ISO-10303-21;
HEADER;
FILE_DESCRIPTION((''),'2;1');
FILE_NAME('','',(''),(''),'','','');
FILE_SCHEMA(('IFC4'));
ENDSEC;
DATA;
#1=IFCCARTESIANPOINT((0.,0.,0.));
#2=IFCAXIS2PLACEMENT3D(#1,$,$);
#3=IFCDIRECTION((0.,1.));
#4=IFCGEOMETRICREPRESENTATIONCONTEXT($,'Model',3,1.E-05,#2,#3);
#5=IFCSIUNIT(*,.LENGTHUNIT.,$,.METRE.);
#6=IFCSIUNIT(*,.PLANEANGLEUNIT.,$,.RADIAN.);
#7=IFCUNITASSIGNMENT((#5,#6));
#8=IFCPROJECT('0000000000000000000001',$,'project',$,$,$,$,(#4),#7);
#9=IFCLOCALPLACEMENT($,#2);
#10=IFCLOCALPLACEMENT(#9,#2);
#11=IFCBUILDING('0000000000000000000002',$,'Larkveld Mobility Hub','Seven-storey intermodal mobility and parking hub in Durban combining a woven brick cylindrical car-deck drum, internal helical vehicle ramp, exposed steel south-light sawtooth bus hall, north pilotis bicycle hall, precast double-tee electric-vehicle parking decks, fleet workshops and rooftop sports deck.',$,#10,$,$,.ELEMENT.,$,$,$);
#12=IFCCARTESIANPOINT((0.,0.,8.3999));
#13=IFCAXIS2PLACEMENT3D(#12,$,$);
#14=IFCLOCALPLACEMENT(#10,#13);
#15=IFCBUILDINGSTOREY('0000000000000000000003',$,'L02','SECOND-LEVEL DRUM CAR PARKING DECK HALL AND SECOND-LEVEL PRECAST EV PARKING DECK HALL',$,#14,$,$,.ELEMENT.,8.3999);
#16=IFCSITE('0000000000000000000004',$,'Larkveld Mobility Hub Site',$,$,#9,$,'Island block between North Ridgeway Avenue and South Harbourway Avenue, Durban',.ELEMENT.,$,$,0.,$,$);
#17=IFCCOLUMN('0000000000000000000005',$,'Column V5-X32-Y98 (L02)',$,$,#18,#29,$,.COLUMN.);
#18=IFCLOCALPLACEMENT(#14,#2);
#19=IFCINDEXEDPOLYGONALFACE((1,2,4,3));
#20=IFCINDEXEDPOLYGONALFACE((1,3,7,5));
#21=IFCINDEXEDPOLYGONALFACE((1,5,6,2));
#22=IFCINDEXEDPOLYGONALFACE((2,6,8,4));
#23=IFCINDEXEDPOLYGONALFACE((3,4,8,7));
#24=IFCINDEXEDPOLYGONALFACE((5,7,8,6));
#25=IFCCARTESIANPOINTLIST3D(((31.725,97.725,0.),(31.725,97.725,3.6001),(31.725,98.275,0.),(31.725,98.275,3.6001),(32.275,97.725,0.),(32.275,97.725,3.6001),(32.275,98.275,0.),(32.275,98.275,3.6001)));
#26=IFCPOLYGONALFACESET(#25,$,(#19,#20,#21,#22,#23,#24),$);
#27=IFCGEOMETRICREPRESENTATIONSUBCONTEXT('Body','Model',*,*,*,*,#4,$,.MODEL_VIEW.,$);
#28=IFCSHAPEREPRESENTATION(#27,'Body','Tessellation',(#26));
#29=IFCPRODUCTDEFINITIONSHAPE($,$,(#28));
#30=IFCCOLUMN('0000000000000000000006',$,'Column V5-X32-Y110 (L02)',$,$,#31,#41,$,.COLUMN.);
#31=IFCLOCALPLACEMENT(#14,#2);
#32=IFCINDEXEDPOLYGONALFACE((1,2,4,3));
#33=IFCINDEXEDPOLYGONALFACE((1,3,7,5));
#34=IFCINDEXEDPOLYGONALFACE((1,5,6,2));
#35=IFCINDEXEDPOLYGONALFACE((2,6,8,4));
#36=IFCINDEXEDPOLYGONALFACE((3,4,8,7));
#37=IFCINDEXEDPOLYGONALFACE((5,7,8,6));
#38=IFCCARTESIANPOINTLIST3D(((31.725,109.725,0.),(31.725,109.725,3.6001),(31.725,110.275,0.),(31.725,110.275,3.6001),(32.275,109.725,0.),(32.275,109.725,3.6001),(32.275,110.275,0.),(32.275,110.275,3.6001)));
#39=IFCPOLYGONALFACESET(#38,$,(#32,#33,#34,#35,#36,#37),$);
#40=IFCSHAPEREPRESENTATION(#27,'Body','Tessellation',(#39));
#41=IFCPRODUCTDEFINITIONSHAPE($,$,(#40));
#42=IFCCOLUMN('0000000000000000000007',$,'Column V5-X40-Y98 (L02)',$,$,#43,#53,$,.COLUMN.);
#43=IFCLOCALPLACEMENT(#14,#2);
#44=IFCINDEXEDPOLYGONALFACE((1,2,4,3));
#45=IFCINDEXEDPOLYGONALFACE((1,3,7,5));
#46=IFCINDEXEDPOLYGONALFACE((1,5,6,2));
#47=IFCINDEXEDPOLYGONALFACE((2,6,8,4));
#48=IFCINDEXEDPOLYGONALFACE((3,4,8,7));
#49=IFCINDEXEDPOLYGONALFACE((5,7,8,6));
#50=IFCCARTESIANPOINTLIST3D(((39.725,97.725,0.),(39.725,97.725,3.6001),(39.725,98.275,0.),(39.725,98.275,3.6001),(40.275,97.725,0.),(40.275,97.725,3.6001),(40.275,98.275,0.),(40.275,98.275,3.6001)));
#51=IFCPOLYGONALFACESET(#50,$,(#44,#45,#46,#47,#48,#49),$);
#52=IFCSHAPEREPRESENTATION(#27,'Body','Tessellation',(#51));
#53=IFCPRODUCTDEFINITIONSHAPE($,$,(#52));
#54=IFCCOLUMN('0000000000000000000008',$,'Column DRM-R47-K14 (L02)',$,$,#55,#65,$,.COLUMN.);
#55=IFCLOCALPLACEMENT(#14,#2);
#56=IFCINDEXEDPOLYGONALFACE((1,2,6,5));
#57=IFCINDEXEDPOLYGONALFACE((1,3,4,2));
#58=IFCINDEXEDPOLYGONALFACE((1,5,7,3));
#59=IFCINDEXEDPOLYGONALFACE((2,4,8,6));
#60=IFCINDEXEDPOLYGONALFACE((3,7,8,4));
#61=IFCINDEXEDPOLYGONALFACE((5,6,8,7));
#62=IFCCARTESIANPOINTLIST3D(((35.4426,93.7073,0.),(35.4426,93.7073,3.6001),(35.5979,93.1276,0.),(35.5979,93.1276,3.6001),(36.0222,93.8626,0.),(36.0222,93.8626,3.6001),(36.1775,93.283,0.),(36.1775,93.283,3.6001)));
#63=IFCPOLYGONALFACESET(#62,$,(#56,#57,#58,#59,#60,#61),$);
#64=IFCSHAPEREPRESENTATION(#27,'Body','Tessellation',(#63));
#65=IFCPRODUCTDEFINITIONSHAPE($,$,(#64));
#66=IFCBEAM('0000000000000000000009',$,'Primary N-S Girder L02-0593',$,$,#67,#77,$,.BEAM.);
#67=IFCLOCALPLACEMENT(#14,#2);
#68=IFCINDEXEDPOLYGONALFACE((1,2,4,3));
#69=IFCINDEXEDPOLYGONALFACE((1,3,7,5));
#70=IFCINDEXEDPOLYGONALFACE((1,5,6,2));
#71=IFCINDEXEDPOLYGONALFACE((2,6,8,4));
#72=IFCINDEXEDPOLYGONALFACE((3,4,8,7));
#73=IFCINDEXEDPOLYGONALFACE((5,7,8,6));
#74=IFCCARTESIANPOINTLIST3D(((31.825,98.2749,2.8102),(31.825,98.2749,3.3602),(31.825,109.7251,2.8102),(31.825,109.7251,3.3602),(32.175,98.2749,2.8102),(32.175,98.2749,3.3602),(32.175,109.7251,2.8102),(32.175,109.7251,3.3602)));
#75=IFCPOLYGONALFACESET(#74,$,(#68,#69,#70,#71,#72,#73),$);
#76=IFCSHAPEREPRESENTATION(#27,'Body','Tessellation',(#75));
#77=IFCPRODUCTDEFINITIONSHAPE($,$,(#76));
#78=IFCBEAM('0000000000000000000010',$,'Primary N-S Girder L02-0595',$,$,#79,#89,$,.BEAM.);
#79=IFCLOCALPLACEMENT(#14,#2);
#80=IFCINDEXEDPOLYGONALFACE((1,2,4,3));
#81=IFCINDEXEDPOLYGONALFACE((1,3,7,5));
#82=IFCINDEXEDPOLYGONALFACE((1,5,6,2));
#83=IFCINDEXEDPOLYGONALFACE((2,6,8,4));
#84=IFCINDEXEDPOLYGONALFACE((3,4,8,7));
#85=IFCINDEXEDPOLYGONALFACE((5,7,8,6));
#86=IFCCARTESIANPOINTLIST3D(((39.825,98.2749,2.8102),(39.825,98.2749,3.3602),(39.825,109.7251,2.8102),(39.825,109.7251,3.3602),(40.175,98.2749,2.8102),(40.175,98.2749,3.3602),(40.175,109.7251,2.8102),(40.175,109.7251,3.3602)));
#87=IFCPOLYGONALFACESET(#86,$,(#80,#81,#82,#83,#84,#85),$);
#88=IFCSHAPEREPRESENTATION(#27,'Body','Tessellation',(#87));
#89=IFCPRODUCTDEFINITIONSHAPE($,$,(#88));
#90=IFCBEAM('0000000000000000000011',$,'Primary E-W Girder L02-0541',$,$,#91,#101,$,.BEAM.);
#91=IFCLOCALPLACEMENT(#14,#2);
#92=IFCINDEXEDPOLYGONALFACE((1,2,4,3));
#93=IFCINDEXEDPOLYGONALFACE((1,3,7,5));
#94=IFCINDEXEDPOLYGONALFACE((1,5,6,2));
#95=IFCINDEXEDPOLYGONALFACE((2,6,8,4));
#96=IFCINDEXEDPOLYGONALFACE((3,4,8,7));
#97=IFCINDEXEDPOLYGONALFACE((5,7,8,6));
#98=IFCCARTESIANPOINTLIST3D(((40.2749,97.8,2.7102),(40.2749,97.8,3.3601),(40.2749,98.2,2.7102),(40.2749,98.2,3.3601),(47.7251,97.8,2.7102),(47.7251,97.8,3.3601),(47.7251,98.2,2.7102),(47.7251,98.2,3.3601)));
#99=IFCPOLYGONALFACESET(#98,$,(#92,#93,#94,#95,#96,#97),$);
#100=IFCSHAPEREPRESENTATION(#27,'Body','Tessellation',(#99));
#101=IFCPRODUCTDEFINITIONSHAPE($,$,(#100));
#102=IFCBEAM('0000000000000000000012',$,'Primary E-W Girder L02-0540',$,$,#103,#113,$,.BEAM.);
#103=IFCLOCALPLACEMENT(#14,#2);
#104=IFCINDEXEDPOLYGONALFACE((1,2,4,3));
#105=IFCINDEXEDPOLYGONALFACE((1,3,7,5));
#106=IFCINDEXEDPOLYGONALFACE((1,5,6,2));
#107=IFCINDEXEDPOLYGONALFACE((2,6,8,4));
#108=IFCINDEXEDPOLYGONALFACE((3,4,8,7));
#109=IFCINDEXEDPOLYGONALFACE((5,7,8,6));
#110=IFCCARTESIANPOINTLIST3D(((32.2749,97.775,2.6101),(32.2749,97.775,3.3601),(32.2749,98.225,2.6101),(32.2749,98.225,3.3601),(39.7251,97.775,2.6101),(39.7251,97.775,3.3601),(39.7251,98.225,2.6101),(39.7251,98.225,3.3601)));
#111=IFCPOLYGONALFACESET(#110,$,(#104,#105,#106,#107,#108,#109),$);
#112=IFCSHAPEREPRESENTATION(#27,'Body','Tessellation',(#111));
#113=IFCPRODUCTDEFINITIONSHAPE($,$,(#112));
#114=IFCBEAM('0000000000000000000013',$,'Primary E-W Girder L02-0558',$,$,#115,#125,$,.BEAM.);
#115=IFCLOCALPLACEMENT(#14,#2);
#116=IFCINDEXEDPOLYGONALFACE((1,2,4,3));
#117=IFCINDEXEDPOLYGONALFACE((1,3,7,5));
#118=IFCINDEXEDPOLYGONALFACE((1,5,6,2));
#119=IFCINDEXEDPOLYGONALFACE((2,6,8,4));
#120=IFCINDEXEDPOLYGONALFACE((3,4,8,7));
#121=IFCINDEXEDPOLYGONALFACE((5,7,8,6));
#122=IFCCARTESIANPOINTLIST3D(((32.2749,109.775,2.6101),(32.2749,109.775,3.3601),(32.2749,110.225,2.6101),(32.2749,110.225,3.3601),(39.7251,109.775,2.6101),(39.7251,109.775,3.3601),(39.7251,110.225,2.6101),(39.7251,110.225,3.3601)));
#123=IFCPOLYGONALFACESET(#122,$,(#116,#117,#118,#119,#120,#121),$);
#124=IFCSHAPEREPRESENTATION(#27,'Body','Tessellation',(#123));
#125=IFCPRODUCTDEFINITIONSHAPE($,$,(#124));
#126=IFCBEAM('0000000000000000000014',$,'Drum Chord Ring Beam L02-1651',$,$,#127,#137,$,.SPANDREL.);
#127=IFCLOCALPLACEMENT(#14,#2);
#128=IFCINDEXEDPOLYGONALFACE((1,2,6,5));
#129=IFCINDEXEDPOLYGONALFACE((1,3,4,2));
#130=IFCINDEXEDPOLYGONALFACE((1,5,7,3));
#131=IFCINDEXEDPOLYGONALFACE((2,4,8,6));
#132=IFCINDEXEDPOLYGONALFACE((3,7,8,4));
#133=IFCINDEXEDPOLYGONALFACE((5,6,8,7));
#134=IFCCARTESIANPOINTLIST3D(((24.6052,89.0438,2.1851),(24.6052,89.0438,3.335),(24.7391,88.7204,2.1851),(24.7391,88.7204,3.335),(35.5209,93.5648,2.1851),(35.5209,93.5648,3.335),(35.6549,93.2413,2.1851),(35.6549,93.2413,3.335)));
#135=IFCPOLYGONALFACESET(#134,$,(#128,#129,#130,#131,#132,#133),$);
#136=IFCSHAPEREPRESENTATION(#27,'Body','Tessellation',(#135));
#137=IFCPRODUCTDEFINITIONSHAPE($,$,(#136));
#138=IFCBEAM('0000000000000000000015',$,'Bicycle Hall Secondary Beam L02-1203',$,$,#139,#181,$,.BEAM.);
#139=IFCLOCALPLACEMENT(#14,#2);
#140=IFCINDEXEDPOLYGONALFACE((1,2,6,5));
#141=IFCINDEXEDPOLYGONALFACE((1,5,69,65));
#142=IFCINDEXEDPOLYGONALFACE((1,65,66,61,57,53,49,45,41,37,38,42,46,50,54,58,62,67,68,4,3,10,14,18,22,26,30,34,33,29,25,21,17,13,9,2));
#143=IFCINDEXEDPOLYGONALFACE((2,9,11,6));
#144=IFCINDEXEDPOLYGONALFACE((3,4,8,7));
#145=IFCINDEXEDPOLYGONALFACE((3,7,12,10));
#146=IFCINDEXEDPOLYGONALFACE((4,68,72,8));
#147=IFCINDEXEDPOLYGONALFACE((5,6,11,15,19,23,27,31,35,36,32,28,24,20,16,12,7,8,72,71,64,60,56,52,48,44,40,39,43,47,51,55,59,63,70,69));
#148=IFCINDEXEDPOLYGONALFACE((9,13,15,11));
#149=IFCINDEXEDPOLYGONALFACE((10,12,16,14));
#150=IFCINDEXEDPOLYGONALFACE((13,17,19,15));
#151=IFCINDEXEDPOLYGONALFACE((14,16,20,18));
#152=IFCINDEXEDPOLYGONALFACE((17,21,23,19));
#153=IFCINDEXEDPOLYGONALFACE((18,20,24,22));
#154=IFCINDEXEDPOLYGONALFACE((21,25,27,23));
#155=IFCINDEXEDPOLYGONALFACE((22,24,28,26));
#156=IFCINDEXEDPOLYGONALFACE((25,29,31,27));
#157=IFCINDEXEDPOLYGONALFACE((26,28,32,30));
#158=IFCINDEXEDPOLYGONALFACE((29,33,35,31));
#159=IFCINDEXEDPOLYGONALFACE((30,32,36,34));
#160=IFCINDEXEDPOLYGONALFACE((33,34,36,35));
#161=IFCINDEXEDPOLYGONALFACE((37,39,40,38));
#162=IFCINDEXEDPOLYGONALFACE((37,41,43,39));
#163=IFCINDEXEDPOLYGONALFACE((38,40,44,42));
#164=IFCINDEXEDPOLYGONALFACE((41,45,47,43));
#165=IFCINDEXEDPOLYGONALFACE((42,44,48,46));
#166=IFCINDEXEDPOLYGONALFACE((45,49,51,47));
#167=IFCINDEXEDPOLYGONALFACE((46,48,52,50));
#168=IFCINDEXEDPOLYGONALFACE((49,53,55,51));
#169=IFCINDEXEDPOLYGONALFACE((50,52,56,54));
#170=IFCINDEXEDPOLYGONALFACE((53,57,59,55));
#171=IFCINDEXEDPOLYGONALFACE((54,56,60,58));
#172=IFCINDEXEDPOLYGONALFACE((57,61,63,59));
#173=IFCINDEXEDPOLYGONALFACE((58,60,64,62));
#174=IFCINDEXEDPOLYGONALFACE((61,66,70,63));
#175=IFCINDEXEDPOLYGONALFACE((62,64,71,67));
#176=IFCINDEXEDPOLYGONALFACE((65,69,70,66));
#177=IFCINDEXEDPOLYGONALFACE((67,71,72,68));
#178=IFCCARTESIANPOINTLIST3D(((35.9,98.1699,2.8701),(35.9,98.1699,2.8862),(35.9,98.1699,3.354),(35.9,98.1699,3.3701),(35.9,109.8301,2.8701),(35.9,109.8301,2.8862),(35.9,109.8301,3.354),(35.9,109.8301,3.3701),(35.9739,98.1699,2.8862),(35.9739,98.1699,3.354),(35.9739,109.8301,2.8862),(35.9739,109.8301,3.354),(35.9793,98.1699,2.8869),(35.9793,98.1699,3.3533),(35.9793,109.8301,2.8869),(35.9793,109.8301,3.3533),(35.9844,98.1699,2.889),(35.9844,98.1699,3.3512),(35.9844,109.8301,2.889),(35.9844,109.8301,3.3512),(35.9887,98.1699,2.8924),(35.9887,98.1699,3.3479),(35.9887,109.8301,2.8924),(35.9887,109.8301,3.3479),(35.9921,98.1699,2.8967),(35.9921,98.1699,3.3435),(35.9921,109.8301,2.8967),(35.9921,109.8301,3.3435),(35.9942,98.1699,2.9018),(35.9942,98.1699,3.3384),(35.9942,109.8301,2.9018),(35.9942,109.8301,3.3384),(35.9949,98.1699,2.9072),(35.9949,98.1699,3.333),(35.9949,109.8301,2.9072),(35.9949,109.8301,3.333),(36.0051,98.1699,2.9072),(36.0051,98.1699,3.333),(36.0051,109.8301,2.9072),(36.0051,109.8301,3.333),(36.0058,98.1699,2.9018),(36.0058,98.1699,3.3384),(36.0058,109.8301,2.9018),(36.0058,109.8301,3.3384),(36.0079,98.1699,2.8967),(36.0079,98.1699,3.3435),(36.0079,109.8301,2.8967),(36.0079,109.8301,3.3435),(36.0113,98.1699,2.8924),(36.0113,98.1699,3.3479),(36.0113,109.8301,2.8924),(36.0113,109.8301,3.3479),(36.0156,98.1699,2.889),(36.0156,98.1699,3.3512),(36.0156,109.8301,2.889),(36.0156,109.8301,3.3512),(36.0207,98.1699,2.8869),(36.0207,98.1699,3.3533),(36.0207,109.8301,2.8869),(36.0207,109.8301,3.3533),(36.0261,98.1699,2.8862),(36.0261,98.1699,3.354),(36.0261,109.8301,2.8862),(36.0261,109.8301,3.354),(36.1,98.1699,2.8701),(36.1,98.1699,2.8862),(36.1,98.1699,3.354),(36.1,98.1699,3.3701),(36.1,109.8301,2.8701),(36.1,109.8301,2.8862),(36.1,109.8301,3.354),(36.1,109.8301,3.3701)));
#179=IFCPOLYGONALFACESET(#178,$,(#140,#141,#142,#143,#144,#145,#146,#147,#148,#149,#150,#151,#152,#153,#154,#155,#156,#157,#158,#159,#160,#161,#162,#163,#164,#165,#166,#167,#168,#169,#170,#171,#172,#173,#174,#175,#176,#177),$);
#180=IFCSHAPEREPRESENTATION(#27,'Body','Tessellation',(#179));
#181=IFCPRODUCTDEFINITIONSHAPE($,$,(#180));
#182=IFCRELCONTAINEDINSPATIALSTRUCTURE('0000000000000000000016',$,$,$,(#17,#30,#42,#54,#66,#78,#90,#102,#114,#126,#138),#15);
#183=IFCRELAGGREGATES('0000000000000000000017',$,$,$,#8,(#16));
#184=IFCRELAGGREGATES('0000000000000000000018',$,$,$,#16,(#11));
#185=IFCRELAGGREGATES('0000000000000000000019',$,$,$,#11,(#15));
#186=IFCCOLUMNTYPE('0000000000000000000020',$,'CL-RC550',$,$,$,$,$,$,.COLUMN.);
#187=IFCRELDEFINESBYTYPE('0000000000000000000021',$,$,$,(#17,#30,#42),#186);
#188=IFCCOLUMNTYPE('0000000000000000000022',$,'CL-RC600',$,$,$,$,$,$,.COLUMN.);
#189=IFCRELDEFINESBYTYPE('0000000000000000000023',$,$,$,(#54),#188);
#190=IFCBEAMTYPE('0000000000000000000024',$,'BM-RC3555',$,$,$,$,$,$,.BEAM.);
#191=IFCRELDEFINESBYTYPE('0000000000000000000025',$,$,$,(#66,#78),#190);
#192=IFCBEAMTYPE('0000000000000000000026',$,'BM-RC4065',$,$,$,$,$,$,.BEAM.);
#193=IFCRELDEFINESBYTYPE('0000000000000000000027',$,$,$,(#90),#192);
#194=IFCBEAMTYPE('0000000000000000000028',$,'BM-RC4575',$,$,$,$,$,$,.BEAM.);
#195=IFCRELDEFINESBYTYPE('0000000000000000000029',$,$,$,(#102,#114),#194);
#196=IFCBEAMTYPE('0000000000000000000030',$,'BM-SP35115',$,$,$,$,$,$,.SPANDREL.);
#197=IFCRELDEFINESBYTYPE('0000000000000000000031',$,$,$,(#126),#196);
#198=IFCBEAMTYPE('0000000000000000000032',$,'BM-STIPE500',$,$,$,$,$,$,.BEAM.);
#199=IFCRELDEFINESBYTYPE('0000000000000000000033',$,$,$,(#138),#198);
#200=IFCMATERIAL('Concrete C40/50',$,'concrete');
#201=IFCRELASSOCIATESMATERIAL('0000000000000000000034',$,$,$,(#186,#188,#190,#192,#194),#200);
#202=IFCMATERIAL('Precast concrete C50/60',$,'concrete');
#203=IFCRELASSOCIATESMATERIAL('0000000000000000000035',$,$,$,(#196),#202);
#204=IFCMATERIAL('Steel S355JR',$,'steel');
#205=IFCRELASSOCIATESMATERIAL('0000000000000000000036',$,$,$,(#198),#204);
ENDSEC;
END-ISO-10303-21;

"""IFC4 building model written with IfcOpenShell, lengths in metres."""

from ifc_helpers import new_model, si_unit, direction, frame, origin, origin_2d, place, context, subcontext, project, spatial, rectangle, i_section, extrude, material, material_profile, profile_set, type_object, element, save


model = new_model("IFC4")

# Units and contexts
model_context = context("Model", 3, precision=1e-05, world=origin(), true_north=direction((0.0, 1.0)))
body_context = subcontext(model_context, "Body", "Model", "MODEL_VIEW")
ifc_project = project(units=[si_unit("LENGTHUNIT", "METRE"), si_unit("PLANEANGLEUNIT", "RADIAN")], contexts=[model_context])

# Site, building, storey
site_placement = place(None, origin())
site = spatial("IfcSite", under=ifc_project, at=site_placement, Name="Larkveld Mobility Hub Site", LongName="Island block between North Ridgeway Avenue and South Harbourway Avenue, Durban", CompositionType="ELEMENT", RefElevation=0.0)
building_placement = place(site_placement, origin())
building = spatial("IfcBuilding", under=site, at=building_placement, Name="Larkveld Mobility Hub", Description="Seven-storey intermodal mobility and parking hub in Durban combining a woven brick cylindrical car-deck drum, internal helical vehicle ramp, exposed steel south-light sawtooth bus hall, north pilotis bicycle hall, precast double-tee electric-vehicle parking decks, fleet workshops and rooftop sports deck.", CompositionType="ELEMENT")
storey_placement = place(building_placement, frame((0.0, 0.0, 8.3999)))
storey = spatial("IfcBuildingStorey", under=building, at=storey_placement, Name="L02", Description="SECOND-LEVEL DRUM CAR PARKING DECK HALL AND SECOND-LEVEL PRECAST EV PARKING DECK HALL", CompositionType="ELEMENT", Elevation=8.3999)

# Columns
ifc_material_1 = material(Name="Concrete C40/50", Category="concrete")
ifc_material_profile_1 = material_profile(ifc_material_1, rectangle(XDim=0.55, YDim=0.55, at=origin_2d()), Name="RC COL 550x550")
ifc_profile_set_1 = profile_set([ifc_material_profile_1], Name="Concrete C40/50")
column_type_1 = type_object("IfcColumnType", Name="CL-RC550", PredefinedType="COLUMN", material=ifc_profile_set_1)
for number, where, z_axis, x_axis, name in (
    (1, (32.0, 98.0, 0.0), (0.0, 0.0, 1.0), (1.0, 0.0, 0.0), "Column V5-X32-Y98 (L02)"),
    (2, (32.0, 110.0, 0.0), (0.0, 0.0, 1.0), (1.0, 0.0, 0.0), "Column V5-X32-Y110 (L02)"),
    (3, (40.0, 98.0, 0.0), (0.0, 0.0, 1.0), (1.0, 0.0, 0.0), "Column V5-X40-Y98 (L02)"),
):
    element("IfcColumn", number, at=place(storey_placement, frame(where, z_axis=z_axis, x_axis=x_axis)), inside=storey, type_object=column_type_1, Name=name, PredefinedType="COLUMN", context=body_context, shape_type="SweptSolid", body=[
        extrude(rectangle(XDim=0.55, YDim=0.55, at=origin_2d()), origin(), (0.0, 0.0, 1.0), 3.6001),
    ])
ifc_material_profile_2 = material_profile(ifc_material_1, rectangle(XDim=0.6001, YDim=0.6001, at=origin_2d()), Name="RC COL 600x600")
ifc_profile_set_2 = profile_set([ifc_material_profile_2], Name="Concrete C40/50")
column_type_2 = type_object("IfcColumnType", Name="CL-RC600", PredefinedType="COLUMN", material=ifc_profile_set_2)
column_placement = place(storey_placement, frame((35.8101, 93.4951, 0.0), z_axis=(0.0, 0.0, 1.0), x_axis=(-0.258819, 0.965926, 0.0)))
element("IfcColumn", 4, at=column_placement, inside=storey, type_object=column_type_2, Name="Column DRM-R47-K14 (L02)", PredefinedType="COLUMN", context=body_context, shape_type="SweptSolid", body=[
    extrude(rectangle(XDim=0.6001, YDim=0.6001, at=origin_2d()), origin(), (0.0, 0.0, 1.0), 3.6001),
])

# Beams
ifc_material_profile_3 = material_profile(ifc_material_1, rectangle(XDim=0.3501, YDim=0.55, at=origin_2d()), Name="RC BM 350x550")
ifc_profile_set_3 = profile_set([ifc_material_profile_3], Name="Concrete C40/50")
beam_type_1 = type_object("IfcBeamType", Name="BM-RC3555", PredefinedType="BEAM", material=ifc_profile_set_3)
for number, where, z_axis, x_axis, name in (
    (5, (32.0, 98.2749, 3.0852), (0.0, 1.0, 0.0), (-1.0, 0.0, 0.0), "Primary N-S Girder L02-0593"),
    (6, (40.0, 98.2749, 3.0852), (0.0, 1.0, 0.0), (-1.0, 0.0, 0.0), "Primary N-S Girder L02-0595"),
):
    element("IfcBeam", number, at=place(storey_placement, frame(where, z_axis=z_axis, x_axis=x_axis)), inside=storey, type_object=beam_type_1, Name=name, PredefinedType="BEAM", context=body_context, shape_type="SweptSolid", body=[
        extrude(rectangle(XDim=0.3501, YDim=0.55, at=origin_2d()), origin(), (0.0, 0.0, 1.0), 11.4502),
    ])
ifc_material_profile_4 = material_profile(ifc_material_1, rectangle(XDim=0.3999, YDim=0.6499, at=origin_2d()), Name="RC BM 400x650")
ifc_profile_set_4 = profile_set([ifc_material_profile_4], Name="Concrete C40/50")
beam_type_2 = type_object("IfcBeamType", Name="BM-RC4065", PredefinedType="BEAM", material=ifc_profile_set_4)
beam_1_placement = place(storey_placement, frame((40.2749, 98.0, 3.0352), z_axis=(1.0, 0.0, 0.0), x_axis=(0.0, 1.0, 0.0)))
element("IfcBeam", 7, at=beam_1_placement, inside=storey, type_object=beam_type_2, Name="Primary E-W Girder L02-0541", PredefinedType="BEAM", context=body_context, shape_type="SweptSolid", body=[
    extrude(rectangle(XDim=0.3999, YDim=0.6499, at=origin_2d()), origin(), (0.0, 0.0, 1.0), 7.4502),
])
ifc_material_profile_5 = material_profile(ifc_material_1, rectangle(XDim=0.45, YDim=0.75, at=origin_2d()), Name="RC BM 450x750")
ifc_profile_set_5 = profile_set([ifc_material_profile_5], Name="Concrete C40/50")
beam_type_3 = type_object("IfcBeamType", Name="BM-RC4575", PredefinedType="BEAM", material=ifc_profile_set_5)
for number, where, z_axis, x_axis, name in (
    (8, (32.2749, 98.0, 2.9851), (1.0, 0.0, 0.0), (0.0, 1.0, 0.0), "Primary E-W Girder L02-0540"),
    (9, (32.2749, 110.0, 2.9851), (1.0, 0.0, 0.0), (0.0, 1.0, 0.0), "Primary E-W Girder L02-0558"),
):
    element("IfcBeam", number, at=place(storey_placement, frame(where, z_axis=z_axis, x_axis=x_axis)), inside=storey, type_object=beam_type_3, Name=name, PredefinedType="BEAM", context=body_context, shape_type="SweptSolid", body=[
        extrude(rectangle(XDim=0.45, YDim=0.75, at=origin_2d()), origin(), (0.0, 0.0, 1.0), 7.4502),
    ])
ifc_material_2 = material(Name="Precast concrete C50/60", Category="concrete")
ifc_material_profile_6 = material_profile(ifc_material_2, rectangle(XDim=0.3501, YDim=1.1499, at=origin_2d()), Name="PC SP 350x1150")
ifc_profile_set_6 = profile_set([ifc_material_profile_6], Name="Precast concrete C50/60")
beam_type_4 = type_object("IfcBeamType", Name="BM-SP35115", PredefinedType="SPANDREL", material=ifc_profile_set_6)
beam_2_placement = place(storey_placement, frame((35.5879, 93.4031, 2.76), z_axis=(-0.923893, -0.38265, 0.0), x_axis=(0.38265, -0.923893, 0.0)))
element("IfcBeam", 10, at=beam_2_placement, inside=storey, type_object=beam_type_4, Name="Drum Chord Ring Beam L02-1651", PredefinedType="SPANDREL", context=body_context, shape_type="SweptSolid", body=[
    extrude(rectangle(XDim=0.3501, YDim=1.1499, at=origin_2d()), origin(), (0.0, 0.0, 1.0), 11.8149),
])
ifc_material_3 = material(Name="Steel S355JR", Category="steel")
ifc_material_profile_7 = material_profile(ifc_material_3, i_section(OverallWidth=0.2, OverallDepth=0.5, WebThickness=0.0103, FlangeThickness=0.0161, FilletRadius=0.021, at=origin_2d()), Name="IPE 500")
ifc_profile_set_7 = profile_set([ifc_material_profile_7], Name="Steel S355JR")
beam_type_5 = type_object("IfcBeamType", Name="BM-STIPE500", PredefinedType="BEAM", material=ifc_profile_set_7)
beam_3_placement = place(storey_placement, frame((36.0, 98.1699, 3.1201), z_axis=(0.0, 1.0, 0.0), x_axis=(-1.0, 0.0, 0.0)))
element("IfcBeam", 11, at=beam_3_placement, inside=storey, type_object=beam_type_5, Name="Bicycle Hall Secondary Beam L02-1203", PredefinedType="BEAM", context=body_context, shape_type="SweptSolid", body=[
    extrude(i_section(OverallWidth=0.2, OverallDepth=0.5, WebThickness=0.0103, FlangeThickness=0.0161, FilletRadius=0.021, at=origin_2d()), origin(), (0.0, 0.0, 1.0), 11.6602),
])

save(model, "model.ifc")
